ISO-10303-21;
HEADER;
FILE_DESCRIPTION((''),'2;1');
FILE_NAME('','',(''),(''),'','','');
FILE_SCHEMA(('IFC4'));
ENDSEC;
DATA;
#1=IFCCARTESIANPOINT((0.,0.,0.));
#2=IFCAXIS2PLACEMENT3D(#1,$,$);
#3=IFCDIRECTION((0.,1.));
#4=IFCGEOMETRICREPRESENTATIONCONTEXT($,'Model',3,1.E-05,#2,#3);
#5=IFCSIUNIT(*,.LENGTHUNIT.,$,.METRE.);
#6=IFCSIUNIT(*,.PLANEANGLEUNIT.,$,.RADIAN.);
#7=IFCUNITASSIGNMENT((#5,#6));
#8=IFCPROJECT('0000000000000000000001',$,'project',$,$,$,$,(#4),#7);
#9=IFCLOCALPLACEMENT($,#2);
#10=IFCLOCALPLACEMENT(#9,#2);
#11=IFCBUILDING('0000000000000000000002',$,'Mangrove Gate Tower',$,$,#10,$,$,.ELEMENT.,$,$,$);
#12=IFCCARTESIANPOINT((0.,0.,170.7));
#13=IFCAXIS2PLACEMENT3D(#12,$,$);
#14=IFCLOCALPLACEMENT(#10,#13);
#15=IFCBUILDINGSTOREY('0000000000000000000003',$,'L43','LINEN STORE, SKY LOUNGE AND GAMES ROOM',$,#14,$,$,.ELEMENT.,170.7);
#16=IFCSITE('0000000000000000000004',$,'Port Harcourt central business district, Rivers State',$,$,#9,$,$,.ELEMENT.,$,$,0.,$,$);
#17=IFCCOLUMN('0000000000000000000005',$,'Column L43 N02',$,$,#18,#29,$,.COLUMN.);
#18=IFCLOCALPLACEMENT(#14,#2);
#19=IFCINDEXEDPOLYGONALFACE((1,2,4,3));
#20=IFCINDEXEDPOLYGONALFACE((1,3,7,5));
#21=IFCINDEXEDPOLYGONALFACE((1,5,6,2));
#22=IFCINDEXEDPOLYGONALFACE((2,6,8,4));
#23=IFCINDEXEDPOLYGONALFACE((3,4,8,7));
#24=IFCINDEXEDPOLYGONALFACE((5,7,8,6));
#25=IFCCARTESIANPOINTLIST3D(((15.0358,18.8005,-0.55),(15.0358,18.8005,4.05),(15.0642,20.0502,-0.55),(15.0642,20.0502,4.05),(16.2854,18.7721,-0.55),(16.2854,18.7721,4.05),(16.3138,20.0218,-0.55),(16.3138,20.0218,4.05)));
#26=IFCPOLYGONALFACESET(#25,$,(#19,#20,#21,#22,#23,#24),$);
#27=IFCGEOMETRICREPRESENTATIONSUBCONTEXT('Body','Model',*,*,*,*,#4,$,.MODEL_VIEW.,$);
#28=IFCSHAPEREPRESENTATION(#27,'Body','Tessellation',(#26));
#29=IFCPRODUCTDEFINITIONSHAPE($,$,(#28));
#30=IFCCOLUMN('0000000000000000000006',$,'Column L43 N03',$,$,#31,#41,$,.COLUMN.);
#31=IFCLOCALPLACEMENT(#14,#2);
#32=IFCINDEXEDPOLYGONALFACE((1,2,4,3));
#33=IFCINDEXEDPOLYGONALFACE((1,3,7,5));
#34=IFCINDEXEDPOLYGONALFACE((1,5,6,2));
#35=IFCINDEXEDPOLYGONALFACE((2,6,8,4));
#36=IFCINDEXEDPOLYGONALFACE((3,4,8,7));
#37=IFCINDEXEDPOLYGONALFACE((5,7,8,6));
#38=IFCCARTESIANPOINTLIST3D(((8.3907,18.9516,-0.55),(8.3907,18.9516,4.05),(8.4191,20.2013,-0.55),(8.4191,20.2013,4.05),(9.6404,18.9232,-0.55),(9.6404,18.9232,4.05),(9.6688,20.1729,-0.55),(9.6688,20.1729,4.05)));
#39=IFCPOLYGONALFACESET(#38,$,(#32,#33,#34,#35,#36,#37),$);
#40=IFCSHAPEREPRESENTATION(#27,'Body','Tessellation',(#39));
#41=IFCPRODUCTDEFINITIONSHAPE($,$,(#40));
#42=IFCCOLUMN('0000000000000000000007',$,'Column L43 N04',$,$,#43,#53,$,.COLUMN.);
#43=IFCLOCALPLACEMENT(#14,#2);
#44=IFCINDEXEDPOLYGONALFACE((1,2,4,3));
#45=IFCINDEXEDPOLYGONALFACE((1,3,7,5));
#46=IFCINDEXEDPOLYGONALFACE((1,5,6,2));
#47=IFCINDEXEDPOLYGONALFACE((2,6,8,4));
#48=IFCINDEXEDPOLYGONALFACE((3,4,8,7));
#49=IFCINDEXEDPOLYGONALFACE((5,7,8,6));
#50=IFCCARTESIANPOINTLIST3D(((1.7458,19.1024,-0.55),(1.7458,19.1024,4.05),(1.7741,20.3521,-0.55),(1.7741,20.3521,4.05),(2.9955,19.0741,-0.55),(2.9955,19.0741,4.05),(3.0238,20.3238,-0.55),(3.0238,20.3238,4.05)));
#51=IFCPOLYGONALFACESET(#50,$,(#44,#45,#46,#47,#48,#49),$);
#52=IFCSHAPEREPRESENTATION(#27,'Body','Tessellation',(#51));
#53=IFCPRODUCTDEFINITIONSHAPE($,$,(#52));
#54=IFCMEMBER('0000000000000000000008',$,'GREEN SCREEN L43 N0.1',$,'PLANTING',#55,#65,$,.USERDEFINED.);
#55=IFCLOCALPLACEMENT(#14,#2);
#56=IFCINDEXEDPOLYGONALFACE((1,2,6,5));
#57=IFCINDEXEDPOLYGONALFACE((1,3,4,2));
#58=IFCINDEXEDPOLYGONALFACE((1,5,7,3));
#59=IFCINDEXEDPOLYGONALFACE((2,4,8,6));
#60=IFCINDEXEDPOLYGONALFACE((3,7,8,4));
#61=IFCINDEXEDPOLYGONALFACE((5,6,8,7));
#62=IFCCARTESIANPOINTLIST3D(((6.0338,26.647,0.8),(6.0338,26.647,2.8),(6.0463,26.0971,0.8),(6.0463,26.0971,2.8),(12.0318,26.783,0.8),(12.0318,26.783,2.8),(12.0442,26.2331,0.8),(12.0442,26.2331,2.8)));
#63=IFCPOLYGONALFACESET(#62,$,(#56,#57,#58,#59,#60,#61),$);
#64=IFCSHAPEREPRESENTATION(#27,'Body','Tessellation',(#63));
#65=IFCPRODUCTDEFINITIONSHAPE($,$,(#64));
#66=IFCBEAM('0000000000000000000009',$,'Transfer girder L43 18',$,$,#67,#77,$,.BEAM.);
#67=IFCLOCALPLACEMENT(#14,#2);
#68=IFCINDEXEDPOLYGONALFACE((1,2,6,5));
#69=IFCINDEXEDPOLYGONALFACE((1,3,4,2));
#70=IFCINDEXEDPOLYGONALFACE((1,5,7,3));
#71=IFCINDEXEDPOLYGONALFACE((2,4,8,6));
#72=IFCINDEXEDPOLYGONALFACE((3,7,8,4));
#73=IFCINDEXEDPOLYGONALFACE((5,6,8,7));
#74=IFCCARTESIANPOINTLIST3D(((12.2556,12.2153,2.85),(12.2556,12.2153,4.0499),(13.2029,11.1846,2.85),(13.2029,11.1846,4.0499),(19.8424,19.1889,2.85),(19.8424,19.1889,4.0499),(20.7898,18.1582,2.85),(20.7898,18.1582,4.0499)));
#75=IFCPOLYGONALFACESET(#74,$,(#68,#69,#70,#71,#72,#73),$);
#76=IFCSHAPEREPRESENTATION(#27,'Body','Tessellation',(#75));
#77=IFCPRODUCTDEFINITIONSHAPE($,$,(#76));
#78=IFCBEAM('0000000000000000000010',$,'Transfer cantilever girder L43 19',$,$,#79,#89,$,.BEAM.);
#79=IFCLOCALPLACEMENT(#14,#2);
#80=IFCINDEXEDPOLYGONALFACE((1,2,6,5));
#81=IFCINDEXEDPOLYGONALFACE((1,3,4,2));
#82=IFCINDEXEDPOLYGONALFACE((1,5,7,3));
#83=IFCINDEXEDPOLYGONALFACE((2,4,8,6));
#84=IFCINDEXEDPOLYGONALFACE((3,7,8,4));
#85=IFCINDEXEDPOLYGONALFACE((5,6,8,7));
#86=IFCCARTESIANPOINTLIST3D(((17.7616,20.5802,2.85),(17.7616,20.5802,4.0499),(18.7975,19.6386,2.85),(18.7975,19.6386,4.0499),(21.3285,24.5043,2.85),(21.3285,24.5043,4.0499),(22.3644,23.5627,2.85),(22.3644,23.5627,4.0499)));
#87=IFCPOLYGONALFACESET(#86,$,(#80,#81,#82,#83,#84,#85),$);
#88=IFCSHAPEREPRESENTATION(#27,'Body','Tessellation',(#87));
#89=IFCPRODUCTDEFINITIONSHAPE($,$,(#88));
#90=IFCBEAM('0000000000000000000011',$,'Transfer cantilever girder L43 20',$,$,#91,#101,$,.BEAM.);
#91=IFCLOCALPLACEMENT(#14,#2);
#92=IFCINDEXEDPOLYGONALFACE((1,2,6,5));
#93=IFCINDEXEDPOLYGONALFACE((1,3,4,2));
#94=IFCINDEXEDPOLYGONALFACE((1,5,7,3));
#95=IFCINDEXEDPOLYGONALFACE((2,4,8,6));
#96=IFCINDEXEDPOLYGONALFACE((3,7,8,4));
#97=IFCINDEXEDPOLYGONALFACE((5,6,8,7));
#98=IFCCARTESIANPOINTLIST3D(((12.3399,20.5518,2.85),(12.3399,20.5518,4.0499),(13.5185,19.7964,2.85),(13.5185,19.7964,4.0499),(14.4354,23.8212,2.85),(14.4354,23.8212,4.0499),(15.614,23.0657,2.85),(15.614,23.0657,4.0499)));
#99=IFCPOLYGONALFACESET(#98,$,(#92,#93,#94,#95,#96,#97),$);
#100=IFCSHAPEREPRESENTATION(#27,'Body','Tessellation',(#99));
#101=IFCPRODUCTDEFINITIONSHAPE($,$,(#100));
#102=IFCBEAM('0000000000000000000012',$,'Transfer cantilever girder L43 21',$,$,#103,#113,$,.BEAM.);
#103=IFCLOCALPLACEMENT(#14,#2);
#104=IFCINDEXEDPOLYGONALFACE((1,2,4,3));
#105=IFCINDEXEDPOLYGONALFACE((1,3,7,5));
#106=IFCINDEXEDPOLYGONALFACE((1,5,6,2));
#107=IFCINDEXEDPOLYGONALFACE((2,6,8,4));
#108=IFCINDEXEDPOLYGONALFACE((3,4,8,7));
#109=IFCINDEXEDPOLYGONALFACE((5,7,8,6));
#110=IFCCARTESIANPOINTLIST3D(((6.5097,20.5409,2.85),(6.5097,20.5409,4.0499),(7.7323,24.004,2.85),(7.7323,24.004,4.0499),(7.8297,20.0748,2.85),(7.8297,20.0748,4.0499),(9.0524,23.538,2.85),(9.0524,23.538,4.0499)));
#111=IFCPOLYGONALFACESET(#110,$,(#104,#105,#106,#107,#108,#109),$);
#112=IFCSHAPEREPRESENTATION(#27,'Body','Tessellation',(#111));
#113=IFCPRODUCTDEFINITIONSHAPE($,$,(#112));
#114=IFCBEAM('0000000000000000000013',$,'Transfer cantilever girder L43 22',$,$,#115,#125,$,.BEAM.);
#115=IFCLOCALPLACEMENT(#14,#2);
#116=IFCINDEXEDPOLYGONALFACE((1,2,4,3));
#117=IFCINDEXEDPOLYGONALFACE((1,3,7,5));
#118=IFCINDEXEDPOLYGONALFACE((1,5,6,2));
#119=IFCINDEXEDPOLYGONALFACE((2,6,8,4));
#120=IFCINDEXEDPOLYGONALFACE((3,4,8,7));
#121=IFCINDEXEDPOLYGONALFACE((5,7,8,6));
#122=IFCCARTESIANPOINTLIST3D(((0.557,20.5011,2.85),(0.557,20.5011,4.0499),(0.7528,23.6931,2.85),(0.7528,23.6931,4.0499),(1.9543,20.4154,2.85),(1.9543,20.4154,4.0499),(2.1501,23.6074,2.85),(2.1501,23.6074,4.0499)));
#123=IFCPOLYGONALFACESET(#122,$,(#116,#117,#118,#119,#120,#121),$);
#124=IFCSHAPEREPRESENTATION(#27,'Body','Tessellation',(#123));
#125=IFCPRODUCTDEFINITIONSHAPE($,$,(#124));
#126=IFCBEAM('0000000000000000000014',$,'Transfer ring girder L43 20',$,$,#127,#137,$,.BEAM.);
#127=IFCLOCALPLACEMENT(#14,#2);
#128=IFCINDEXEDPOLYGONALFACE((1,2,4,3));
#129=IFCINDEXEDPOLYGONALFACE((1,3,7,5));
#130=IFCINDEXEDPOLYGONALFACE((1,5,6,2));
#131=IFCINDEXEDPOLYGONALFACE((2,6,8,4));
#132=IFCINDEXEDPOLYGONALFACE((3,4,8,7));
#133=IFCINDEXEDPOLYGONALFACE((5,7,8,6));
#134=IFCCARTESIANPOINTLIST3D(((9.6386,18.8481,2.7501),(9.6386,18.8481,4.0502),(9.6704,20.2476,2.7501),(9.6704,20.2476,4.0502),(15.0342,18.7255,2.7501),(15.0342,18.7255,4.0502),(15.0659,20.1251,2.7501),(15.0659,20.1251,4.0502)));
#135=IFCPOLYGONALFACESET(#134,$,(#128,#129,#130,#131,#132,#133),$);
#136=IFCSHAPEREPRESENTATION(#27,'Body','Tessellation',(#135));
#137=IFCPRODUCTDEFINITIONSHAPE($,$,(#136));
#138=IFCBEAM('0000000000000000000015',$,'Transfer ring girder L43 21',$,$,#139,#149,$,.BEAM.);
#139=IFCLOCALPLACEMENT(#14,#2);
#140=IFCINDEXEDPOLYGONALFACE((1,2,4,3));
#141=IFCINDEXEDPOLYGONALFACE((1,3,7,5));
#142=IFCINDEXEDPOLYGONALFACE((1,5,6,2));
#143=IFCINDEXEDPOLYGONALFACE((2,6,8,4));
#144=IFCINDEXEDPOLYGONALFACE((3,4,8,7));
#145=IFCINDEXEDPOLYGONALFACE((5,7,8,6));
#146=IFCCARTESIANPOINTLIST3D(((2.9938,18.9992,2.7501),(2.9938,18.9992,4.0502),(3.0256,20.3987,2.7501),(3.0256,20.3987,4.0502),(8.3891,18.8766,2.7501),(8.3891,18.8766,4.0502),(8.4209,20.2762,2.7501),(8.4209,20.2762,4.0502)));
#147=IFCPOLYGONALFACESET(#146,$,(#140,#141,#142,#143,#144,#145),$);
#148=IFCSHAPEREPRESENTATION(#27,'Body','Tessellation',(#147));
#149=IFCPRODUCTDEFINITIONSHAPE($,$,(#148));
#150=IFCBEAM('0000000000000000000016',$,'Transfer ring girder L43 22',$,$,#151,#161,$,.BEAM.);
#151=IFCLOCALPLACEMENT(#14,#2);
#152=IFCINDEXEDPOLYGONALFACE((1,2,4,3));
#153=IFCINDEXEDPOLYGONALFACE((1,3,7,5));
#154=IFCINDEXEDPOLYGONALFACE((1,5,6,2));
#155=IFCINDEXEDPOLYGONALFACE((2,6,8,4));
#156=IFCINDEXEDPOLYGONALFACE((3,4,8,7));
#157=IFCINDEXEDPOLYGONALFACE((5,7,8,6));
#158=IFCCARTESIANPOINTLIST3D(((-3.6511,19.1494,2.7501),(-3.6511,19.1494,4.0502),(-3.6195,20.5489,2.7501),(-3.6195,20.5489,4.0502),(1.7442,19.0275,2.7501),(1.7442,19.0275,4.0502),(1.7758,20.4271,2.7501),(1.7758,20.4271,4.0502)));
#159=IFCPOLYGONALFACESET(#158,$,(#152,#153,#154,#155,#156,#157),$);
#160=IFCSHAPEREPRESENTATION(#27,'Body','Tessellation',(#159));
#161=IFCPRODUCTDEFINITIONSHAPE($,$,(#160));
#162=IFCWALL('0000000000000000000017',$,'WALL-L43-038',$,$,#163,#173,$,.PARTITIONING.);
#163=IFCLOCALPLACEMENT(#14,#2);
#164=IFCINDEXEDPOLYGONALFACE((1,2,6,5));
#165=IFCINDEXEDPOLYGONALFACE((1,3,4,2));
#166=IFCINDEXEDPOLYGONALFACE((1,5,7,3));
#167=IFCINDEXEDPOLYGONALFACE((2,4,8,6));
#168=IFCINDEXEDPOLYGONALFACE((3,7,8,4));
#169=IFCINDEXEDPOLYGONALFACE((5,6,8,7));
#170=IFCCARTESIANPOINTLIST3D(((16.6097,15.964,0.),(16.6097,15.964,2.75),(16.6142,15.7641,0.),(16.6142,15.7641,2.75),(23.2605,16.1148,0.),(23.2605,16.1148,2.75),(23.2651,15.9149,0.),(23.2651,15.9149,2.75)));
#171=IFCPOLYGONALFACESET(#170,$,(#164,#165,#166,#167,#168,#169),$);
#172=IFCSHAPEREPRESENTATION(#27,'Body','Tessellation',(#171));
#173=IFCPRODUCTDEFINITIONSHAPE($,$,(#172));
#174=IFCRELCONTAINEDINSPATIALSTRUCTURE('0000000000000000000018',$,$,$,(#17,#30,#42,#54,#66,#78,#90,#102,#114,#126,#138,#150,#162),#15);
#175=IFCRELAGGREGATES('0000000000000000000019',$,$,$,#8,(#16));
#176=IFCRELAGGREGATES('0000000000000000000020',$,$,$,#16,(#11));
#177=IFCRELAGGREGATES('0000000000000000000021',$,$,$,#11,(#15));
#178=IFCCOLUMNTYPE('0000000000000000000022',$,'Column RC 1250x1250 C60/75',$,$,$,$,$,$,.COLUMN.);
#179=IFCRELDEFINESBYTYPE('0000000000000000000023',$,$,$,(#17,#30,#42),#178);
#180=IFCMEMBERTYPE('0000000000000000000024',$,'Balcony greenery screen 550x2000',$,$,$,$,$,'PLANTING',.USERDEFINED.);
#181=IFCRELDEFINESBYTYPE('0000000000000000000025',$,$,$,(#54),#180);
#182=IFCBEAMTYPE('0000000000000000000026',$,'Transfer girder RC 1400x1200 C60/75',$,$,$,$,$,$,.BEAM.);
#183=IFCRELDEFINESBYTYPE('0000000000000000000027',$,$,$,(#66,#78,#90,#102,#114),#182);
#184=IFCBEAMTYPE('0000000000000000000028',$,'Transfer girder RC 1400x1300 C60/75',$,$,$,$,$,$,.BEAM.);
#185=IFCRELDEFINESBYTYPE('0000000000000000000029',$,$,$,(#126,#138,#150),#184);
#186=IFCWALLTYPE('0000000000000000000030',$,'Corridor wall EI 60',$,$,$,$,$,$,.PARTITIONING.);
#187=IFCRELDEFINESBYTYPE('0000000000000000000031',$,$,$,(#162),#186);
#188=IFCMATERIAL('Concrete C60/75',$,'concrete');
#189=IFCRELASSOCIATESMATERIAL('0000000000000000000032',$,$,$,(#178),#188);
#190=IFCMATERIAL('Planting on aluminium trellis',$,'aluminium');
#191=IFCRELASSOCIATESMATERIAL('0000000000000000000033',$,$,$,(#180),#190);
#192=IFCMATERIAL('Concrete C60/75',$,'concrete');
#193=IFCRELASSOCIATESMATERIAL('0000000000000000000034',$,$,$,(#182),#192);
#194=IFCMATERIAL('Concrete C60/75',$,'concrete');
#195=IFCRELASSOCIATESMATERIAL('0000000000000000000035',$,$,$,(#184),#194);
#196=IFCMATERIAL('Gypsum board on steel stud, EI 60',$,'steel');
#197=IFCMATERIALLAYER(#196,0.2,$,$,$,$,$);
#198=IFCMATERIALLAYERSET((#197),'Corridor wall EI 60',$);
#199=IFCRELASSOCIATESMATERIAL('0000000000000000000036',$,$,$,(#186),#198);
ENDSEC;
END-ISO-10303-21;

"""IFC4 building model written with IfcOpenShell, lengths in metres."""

from ifc_helpers import new_model, si_unit, direction, frame, frame_2d, origin, origin_2d, place, context, subcontext, project, spatial, rectangle, extrude, material, layer, layer_set, material_profile, profile_set, type_object, element, save


model = new_model("IFC4")

# Units and contexts
model_context = context("Model", 3, precision=1e-05, world=origin(), true_north=direction((0.0, 1.0)))
body_context = subcontext(model_context, "Body", "Model", "MODEL_VIEW")
ifc_project = project(units=[si_unit("LENGTHUNIT", "METRE"), si_unit("PLANEANGLEUNIT", "RADIAN")], contexts=[model_context])

# Site, building, storey
site_placement = place(None, origin())
site = spatial("IfcSite", under=ifc_project, at=site_placement, Name="Port Harcourt central business district, Rivers State", CompositionType="ELEMENT", RefElevation=0.0)
building_placement = place(site_placement, origin())
building = spatial("IfcBuilding", under=site, at=building_placement, Name="Mangrove Gate Tower", CompositionType="ELEMENT")
storey_placement = place(building_placement, frame((0.0, 0.0, 170.7)))
storey = spatial("IfcBuildingStorey", under=building, at=storey_placement, Name="L43", Description="LINEN STORE, SKY LOUNGE AND GAMES ROOM", CompositionType="ELEMENT", Elevation=170.7)

# Columns
ifc_material_1 = material(Name="Concrete C60/75", Category="concrete")
ifc_material_profile_1 = material_profile(ifc_material_1, rectangle(XDim=1.25, YDim=1.25, at=origin_2d()))
ifc_profile_set_1 = profile_set([ifc_material_profile_1], Name="Concrete C60/75")
column_type = type_object("IfcColumnType", Name="Column RC 1250x1250 C60/75", PredefinedType="COLUMN", material=ifc_profile_set_1)
for number, where, z_axis, x_axis, name in (
    (1, (15.6748, 19.4111, -0.55), (0.0, 0.0, 1.0), (-0.999742, 0.022718, 0.0), "Column L43 N02"),
    (2, (9.0298, 19.5623, -0.55), (0.0, 0.0, 1.0), (-0.999742, 0.022718, 0.0), "Column L43 N03"),
    (3, (2.3848, 19.7131, -0.55), (0.0, 0.0, 1.0), (-0.999744, 0.022643, 0.0), "Column L43 N04"),
):
    element("IfcColumn", number, at=place(storey_placement, frame(where, z_axis=z_axis, x_axis=x_axis)), inside=storey, type_object=column_type, Name=name, PredefinedType="COLUMN", context=body_context, shape_type="SweptSolid", body=[
        extrude(rectangle(XDim=1.25, YDim=1.25, at=origin_2d()), origin(), (0.0, 0.0, 1.0), 4.6001),
    ])

# Member
ifc_material_2 = material(Name="Planting on aluminium trellis", Category="aluminium")
ifc_material_profile_2 = material_profile(ifc_material_2, rectangle(XDim=0.55, YDim=2.0, at=origin_2d()))
ifc_profile_set_2 = profile_set([ifc_material_profile_2], Name="Planting on aluminium trellis")
member_type = type_object("IfcMemberType", Name="Balcony greenery screen 550x2000", ElementType="PLANTING", PredefinedType="USERDEFINED", material=ifc_profile_set_2)
member_placement = place(storey_placement, frame((6.04, 26.3721, 1.8), z_axis=(0.999743, 0.022666, 0.0), x_axis=(-0.022666, 0.999743, 0.0)))
element("IfcMember", 4, at=member_placement, inside=storey, type_object=member_type, Name="GREEN SCREEN L43 N0.1", ObjectType="PLANTING", PredefinedType="USERDEFINED", context=body_context, shape_type="SweptSolid", body=[
    extrude(rectangle(XDim=0.55, YDim=2.0, at=origin_2d()), origin(), (0.0, 0.0, 1.0), 5.9995),
])

# Beams
ifc_material_3 = material(Name="Concrete C60/75", Category="concrete")
ifc_material_profile_3 = material_profile(ifc_material_3, rectangle(XDim=1.3999, YDim=1.2, at=origin_2d()))
ifc_profile_set_3 = profile_set([ifc_material_profile_3], Name="Concrete C60/75")
beam_type_1 = type_object("IfcBeamType", Name="Transfer girder RC 1400x1200 C60/75", PredefinedType="BEAM", material=ifc_profile_set_3)
beam_1_placement = place(storey_placement, frame((12.7292, 11.7, 3.45), z_axis=(0.736237, 0.676724, 0.0), x_axis=(-0.676724, 0.736237, 0.0)))
element("IfcBeam", 5, at=beam_1_placement, inside=storey, type_object=beam_type_1, Name="Transfer girder L43 18", PredefinedType="BEAM", context=body_context, shape_type="SweptSolid", body=[
    extrude(rectangle(XDim=1.3999, YDim=1.2, at=origin_2d()), origin(), (0.0, 0.0, 1.0), 10.3049),
])
beam_2_placement = place(storey_placement, frame((18.2795, 20.1094, 3.45), z_axis=(0.672627, 0.739982, 0.0), x_axis=(-0.739982, 0.672627, 0.0)))
element("IfcBeam", 6, at=beam_2_placement, inside=storey, type_object=beam_type_1, Name="Transfer cantilever girder L43 19", PredefinedType="BEAM", context=body_context, shape_type="SweptSolid", body=[
    extrude(rectangle(XDim=1.3999, YDim=1.2, at=origin_2d()), origin(), (0.0, 0.0, 1.0), 5.303),
])
beam_3_placement = place(storey_placement, frame((12.9292, 20.1741, 3.45), z_axis=(0.539623, 0.841907, 0.0), x_axis=(-0.841907, 0.539623, 0.0)))
element("IfcBeam", 7, at=beam_3_placement, inside=storey, type_object=beam_type_1, Name="Transfer cantilever girder L43 20", PredefinedType="BEAM", context=body_context, shape_type="SweptSolid", body=[
    extrude(rectangle(XDim=1.3999, YDim=1.2, at=origin_2d()), origin(), (0.0, 0.0, 1.0), 3.8833),
])
beam_4_placement = place(storey_placement, frame((7.1697, 20.3079, 3.45), z_axis=(0.332911, 0.942958, 0.0), x_axis=(-0.942958, 0.332911, 0.0)))
element("IfcBeam", 8, at=beam_4_placement, inside=storey, type_object=beam_type_1, Name="Transfer cantilever girder L43 21", PredefinedType="BEAM", context=body_context, shape_type="SweptSolid", body=[
    extrude(rectangle(XDim=1.3999, YDim=1.2, at=origin_2d()), origin(), (0.0, 0.0, 1.0), 3.6726),
])
beam_5_placement = place(storey_placement, frame((1.2556, 20.4583, 3.45), z_axis=(0.061228, 0.998124, 0.0), x_axis=(-0.998124, 0.061228, 0.0)))
element("IfcBeam", 9, at=beam_5_placement, inside=storey, type_object=beam_type_1, Name="Transfer cantilever girder L43 22", PredefinedType="BEAM", context=body_context, shape_type="SweptSolid", body=[
    extrude(rectangle(XDim=1.3999, YDim=1.2, at=origin_2d()), origin(), (0.0, 0.0, 1.0), 3.198),
])
ifc_material_4 = material(Name="Concrete C60/75", Category="concrete")
ifc_material_profile_4 = material_profile(ifc_material_4, rectangle(XDim=1.3999, YDim=1.3, at=origin_2d()))
ifc_profile_set_4 = profile_set([ifc_material_profile_4], Name="Concrete C60/75")
beam_type_2 = type_object("IfcBeamType", Name="Transfer girder RC 1400x1300 C60/75", PredefinedType="BEAM", material=ifc_profile_set_4)
beam_6_placement = place(storey_placement, frame((15.05, 19.4253, 3.4001), z_axis=(-0.999742, 0.022709, 0.0), x_axis=(-0.022709, -0.999742, 0.0)))
element("IfcBeam", 10, at=beam_6_placement, inside=storey, type_object=beam_type_2, Name="Transfer ring girder L43 20", PredefinedType="BEAM", context=body_context, shape_type="SweptSolid", body=[
    extrude(rectangle(XDim=1.3999, YDim=1.3, at=origin_2d()), origin(), (0.0, 0.0, 1.0), 5.397),
])
for number, where, z_axis, x_axis, name in (
    (11, (8.405, 19.5764, 3.4001), (-0.999742, 0.02271, 0.0), (-0.02271, -0.999742, 0.0), "Transfer ring girder L43 21"),
    (12, (1.76, 19.7273, 3.4001), (-0.999745, 0.022574, 0.0), (-0.022574, -0.999745, 0.0), "Transfer ring girder L43 22"),
):
    element("IfcBeam", number, at=place(storey_placement, frame(where, z_axis=z_axis, x_axis=x_axis)), inside=storey, type_object=beam_type_2, Name=name, PredefinedType="BEAM", context=body_context, shape_type="SweptSolid", body=[
        extrude(rectangle(XDim=1.3999, YDim=1.3, at=origin_2d()), origin(), (0.0, 0.0, 1.0), 5.3967),
    ])

# Wall
ifc_material_5 = material(Name="Gypsum board on steel stud, EI 60", Category="steel")
ifc_layer_1 = layer(ifc_material_5, 0.2)
ifc_layer_set_1 = layer_set([ifc_layer_1], Name="Corridor wall EI 60")
wall_type_1 = type_object("IfcWallType", Name="Corridor wall EI 60", PredefinedType="PARTITIONING", material=ifc_layer_set_1)
wall_1_placement = place(storey_placement, frame((16.6121, 15.864, 0.0), z_axis=(0.0, 0.0, 1.0), x_axis=(0.999743, 0.02268, 0.0)))
element("IfcWall", 13, at=wall_1_placement, inside=storey, type_object=wall_type_1, Name="WALL-L43-038", PredefinedType="PARTITIONING", context=body_context, shape_type="SweptSolid", body=[
    extrude(rectangle(XDim=6.6526, YDim=0.2, at=frame_2d((3.3262, 0.0))), origin(), (0.0, 0.0, 1.0), 2.75),
])

save(model, "model.ifc")
